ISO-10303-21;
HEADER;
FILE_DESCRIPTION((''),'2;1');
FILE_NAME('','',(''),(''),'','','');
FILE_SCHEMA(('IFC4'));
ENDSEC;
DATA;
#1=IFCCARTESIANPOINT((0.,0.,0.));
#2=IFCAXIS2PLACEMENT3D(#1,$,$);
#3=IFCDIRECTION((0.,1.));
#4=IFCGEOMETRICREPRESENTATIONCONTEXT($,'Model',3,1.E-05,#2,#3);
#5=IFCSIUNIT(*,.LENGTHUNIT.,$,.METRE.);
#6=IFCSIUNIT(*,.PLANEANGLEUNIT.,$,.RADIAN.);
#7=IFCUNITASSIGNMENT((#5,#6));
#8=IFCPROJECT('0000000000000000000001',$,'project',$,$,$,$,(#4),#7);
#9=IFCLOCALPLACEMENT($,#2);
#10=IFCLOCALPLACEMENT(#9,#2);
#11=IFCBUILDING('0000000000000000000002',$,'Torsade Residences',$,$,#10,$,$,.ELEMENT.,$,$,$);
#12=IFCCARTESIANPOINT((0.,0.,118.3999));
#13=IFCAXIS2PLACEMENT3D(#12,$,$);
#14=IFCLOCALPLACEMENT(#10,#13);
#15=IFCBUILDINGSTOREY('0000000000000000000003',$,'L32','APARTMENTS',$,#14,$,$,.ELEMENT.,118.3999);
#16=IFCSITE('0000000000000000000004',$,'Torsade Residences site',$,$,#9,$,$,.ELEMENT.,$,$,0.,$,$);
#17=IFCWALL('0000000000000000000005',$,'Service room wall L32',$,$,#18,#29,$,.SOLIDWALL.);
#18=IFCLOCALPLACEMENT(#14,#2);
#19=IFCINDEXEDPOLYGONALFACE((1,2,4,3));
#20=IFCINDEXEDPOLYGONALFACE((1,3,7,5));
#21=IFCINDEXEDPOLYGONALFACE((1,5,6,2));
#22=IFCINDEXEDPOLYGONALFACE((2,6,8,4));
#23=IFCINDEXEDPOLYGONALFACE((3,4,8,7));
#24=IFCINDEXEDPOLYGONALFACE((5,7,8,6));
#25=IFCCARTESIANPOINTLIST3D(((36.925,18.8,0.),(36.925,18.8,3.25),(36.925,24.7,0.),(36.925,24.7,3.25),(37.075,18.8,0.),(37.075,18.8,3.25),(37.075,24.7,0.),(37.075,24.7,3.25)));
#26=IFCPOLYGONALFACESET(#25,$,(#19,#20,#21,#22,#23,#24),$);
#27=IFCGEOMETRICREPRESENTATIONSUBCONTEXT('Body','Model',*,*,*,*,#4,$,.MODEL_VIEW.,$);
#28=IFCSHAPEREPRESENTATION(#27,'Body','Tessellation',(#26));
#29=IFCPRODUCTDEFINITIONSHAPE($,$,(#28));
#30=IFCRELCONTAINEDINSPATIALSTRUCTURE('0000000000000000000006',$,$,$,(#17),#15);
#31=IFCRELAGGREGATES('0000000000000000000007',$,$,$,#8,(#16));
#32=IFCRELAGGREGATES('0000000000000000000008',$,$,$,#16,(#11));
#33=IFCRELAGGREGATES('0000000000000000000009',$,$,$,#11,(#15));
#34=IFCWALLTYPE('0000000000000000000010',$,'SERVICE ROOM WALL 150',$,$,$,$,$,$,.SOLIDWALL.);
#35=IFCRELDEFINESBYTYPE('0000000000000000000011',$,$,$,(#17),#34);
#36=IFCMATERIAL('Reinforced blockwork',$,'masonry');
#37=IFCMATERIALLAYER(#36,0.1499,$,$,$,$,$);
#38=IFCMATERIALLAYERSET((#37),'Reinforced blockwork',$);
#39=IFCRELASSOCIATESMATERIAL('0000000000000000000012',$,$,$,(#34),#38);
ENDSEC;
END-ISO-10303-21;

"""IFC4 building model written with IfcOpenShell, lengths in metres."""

from ifc_helpers import new_model, si_unit, direction, frame, frame_2d, origin, place, context, subcontext, project, spatial, rectangle, extrude, material, layer, layer_set, type_object, element, save


model = new_model("IFC4")

# Units and contexts
model_context = context("Model", 3, precision=1e-05, world=origin(), true_north=direction((0.0, 1.0)))
body_context = subcontext(model_context, "Body", "Model", "MODEL_VIEW")
ifc_project = project(units=[si_unit("LENGTHUNIT", "METRE"), si_unit("PLANEANGLEUNIT", "RADIAN")], contexts=[model_context])

# Site, building, storey
site_placement = place(None, origin())
site = spatial("IfcSite", under=ifc_project, at=site_placement, Name="Torsade Residences site", CompositionType="ELEMENT", RefElevation=0.0)
building_placement = place(site_placement, origin())
building = spatial("IfcBuilding", under=site, at=building_placement, Name="Torsade Residences", CompositionType="ELEMENT")
storey_placement = place(building_placement, frame((0.0, 0.0, 118.3999)))
storey = spatial("IfcBuildingStorey", under=building, at=storey_placement, Name="L32", Description="APARTMENTS", CompositionType="ELEMENT", Elevation=118.3999)

# Wall
ifc_material_1 = material(Name="Reinforced blockwork", Category="masonry")
ifc_layer_1 = layer(ifc_material_1, 0.1499)
ifc_layer_set_1 = layer_set([ifc_layer_1], Name="Reinforced blockwork")
wall_type_1 = type_object("IfcWallType", Name="SERVICE ROOM WALL 150", PredefinedType="SOLIDWALL", material=ifc_layer_set_1)
wall_1_placement = place(storey_placement, frame((37.0, 18.8, 0.0), z_axis=(0.0, 0.0, 1.0), x_axis=(0.0, 1.0, 0.0)))
element("IfcWall", 1, at=wall_1_placement, inside=storey, type_object=wall_type_1, Name="Service room wall L32", PredefinedType="SOLIDWALL", context=body_context, shape_type="SweptSolid", body=[
    extrude(rectangle(XDim=5.8999, YDim=0.1499, at=frame_2d((2.95, 0.0))), origin(), (0.0, 0.0, 1.0), 3.25),
])

save(model, "model.ifc")
